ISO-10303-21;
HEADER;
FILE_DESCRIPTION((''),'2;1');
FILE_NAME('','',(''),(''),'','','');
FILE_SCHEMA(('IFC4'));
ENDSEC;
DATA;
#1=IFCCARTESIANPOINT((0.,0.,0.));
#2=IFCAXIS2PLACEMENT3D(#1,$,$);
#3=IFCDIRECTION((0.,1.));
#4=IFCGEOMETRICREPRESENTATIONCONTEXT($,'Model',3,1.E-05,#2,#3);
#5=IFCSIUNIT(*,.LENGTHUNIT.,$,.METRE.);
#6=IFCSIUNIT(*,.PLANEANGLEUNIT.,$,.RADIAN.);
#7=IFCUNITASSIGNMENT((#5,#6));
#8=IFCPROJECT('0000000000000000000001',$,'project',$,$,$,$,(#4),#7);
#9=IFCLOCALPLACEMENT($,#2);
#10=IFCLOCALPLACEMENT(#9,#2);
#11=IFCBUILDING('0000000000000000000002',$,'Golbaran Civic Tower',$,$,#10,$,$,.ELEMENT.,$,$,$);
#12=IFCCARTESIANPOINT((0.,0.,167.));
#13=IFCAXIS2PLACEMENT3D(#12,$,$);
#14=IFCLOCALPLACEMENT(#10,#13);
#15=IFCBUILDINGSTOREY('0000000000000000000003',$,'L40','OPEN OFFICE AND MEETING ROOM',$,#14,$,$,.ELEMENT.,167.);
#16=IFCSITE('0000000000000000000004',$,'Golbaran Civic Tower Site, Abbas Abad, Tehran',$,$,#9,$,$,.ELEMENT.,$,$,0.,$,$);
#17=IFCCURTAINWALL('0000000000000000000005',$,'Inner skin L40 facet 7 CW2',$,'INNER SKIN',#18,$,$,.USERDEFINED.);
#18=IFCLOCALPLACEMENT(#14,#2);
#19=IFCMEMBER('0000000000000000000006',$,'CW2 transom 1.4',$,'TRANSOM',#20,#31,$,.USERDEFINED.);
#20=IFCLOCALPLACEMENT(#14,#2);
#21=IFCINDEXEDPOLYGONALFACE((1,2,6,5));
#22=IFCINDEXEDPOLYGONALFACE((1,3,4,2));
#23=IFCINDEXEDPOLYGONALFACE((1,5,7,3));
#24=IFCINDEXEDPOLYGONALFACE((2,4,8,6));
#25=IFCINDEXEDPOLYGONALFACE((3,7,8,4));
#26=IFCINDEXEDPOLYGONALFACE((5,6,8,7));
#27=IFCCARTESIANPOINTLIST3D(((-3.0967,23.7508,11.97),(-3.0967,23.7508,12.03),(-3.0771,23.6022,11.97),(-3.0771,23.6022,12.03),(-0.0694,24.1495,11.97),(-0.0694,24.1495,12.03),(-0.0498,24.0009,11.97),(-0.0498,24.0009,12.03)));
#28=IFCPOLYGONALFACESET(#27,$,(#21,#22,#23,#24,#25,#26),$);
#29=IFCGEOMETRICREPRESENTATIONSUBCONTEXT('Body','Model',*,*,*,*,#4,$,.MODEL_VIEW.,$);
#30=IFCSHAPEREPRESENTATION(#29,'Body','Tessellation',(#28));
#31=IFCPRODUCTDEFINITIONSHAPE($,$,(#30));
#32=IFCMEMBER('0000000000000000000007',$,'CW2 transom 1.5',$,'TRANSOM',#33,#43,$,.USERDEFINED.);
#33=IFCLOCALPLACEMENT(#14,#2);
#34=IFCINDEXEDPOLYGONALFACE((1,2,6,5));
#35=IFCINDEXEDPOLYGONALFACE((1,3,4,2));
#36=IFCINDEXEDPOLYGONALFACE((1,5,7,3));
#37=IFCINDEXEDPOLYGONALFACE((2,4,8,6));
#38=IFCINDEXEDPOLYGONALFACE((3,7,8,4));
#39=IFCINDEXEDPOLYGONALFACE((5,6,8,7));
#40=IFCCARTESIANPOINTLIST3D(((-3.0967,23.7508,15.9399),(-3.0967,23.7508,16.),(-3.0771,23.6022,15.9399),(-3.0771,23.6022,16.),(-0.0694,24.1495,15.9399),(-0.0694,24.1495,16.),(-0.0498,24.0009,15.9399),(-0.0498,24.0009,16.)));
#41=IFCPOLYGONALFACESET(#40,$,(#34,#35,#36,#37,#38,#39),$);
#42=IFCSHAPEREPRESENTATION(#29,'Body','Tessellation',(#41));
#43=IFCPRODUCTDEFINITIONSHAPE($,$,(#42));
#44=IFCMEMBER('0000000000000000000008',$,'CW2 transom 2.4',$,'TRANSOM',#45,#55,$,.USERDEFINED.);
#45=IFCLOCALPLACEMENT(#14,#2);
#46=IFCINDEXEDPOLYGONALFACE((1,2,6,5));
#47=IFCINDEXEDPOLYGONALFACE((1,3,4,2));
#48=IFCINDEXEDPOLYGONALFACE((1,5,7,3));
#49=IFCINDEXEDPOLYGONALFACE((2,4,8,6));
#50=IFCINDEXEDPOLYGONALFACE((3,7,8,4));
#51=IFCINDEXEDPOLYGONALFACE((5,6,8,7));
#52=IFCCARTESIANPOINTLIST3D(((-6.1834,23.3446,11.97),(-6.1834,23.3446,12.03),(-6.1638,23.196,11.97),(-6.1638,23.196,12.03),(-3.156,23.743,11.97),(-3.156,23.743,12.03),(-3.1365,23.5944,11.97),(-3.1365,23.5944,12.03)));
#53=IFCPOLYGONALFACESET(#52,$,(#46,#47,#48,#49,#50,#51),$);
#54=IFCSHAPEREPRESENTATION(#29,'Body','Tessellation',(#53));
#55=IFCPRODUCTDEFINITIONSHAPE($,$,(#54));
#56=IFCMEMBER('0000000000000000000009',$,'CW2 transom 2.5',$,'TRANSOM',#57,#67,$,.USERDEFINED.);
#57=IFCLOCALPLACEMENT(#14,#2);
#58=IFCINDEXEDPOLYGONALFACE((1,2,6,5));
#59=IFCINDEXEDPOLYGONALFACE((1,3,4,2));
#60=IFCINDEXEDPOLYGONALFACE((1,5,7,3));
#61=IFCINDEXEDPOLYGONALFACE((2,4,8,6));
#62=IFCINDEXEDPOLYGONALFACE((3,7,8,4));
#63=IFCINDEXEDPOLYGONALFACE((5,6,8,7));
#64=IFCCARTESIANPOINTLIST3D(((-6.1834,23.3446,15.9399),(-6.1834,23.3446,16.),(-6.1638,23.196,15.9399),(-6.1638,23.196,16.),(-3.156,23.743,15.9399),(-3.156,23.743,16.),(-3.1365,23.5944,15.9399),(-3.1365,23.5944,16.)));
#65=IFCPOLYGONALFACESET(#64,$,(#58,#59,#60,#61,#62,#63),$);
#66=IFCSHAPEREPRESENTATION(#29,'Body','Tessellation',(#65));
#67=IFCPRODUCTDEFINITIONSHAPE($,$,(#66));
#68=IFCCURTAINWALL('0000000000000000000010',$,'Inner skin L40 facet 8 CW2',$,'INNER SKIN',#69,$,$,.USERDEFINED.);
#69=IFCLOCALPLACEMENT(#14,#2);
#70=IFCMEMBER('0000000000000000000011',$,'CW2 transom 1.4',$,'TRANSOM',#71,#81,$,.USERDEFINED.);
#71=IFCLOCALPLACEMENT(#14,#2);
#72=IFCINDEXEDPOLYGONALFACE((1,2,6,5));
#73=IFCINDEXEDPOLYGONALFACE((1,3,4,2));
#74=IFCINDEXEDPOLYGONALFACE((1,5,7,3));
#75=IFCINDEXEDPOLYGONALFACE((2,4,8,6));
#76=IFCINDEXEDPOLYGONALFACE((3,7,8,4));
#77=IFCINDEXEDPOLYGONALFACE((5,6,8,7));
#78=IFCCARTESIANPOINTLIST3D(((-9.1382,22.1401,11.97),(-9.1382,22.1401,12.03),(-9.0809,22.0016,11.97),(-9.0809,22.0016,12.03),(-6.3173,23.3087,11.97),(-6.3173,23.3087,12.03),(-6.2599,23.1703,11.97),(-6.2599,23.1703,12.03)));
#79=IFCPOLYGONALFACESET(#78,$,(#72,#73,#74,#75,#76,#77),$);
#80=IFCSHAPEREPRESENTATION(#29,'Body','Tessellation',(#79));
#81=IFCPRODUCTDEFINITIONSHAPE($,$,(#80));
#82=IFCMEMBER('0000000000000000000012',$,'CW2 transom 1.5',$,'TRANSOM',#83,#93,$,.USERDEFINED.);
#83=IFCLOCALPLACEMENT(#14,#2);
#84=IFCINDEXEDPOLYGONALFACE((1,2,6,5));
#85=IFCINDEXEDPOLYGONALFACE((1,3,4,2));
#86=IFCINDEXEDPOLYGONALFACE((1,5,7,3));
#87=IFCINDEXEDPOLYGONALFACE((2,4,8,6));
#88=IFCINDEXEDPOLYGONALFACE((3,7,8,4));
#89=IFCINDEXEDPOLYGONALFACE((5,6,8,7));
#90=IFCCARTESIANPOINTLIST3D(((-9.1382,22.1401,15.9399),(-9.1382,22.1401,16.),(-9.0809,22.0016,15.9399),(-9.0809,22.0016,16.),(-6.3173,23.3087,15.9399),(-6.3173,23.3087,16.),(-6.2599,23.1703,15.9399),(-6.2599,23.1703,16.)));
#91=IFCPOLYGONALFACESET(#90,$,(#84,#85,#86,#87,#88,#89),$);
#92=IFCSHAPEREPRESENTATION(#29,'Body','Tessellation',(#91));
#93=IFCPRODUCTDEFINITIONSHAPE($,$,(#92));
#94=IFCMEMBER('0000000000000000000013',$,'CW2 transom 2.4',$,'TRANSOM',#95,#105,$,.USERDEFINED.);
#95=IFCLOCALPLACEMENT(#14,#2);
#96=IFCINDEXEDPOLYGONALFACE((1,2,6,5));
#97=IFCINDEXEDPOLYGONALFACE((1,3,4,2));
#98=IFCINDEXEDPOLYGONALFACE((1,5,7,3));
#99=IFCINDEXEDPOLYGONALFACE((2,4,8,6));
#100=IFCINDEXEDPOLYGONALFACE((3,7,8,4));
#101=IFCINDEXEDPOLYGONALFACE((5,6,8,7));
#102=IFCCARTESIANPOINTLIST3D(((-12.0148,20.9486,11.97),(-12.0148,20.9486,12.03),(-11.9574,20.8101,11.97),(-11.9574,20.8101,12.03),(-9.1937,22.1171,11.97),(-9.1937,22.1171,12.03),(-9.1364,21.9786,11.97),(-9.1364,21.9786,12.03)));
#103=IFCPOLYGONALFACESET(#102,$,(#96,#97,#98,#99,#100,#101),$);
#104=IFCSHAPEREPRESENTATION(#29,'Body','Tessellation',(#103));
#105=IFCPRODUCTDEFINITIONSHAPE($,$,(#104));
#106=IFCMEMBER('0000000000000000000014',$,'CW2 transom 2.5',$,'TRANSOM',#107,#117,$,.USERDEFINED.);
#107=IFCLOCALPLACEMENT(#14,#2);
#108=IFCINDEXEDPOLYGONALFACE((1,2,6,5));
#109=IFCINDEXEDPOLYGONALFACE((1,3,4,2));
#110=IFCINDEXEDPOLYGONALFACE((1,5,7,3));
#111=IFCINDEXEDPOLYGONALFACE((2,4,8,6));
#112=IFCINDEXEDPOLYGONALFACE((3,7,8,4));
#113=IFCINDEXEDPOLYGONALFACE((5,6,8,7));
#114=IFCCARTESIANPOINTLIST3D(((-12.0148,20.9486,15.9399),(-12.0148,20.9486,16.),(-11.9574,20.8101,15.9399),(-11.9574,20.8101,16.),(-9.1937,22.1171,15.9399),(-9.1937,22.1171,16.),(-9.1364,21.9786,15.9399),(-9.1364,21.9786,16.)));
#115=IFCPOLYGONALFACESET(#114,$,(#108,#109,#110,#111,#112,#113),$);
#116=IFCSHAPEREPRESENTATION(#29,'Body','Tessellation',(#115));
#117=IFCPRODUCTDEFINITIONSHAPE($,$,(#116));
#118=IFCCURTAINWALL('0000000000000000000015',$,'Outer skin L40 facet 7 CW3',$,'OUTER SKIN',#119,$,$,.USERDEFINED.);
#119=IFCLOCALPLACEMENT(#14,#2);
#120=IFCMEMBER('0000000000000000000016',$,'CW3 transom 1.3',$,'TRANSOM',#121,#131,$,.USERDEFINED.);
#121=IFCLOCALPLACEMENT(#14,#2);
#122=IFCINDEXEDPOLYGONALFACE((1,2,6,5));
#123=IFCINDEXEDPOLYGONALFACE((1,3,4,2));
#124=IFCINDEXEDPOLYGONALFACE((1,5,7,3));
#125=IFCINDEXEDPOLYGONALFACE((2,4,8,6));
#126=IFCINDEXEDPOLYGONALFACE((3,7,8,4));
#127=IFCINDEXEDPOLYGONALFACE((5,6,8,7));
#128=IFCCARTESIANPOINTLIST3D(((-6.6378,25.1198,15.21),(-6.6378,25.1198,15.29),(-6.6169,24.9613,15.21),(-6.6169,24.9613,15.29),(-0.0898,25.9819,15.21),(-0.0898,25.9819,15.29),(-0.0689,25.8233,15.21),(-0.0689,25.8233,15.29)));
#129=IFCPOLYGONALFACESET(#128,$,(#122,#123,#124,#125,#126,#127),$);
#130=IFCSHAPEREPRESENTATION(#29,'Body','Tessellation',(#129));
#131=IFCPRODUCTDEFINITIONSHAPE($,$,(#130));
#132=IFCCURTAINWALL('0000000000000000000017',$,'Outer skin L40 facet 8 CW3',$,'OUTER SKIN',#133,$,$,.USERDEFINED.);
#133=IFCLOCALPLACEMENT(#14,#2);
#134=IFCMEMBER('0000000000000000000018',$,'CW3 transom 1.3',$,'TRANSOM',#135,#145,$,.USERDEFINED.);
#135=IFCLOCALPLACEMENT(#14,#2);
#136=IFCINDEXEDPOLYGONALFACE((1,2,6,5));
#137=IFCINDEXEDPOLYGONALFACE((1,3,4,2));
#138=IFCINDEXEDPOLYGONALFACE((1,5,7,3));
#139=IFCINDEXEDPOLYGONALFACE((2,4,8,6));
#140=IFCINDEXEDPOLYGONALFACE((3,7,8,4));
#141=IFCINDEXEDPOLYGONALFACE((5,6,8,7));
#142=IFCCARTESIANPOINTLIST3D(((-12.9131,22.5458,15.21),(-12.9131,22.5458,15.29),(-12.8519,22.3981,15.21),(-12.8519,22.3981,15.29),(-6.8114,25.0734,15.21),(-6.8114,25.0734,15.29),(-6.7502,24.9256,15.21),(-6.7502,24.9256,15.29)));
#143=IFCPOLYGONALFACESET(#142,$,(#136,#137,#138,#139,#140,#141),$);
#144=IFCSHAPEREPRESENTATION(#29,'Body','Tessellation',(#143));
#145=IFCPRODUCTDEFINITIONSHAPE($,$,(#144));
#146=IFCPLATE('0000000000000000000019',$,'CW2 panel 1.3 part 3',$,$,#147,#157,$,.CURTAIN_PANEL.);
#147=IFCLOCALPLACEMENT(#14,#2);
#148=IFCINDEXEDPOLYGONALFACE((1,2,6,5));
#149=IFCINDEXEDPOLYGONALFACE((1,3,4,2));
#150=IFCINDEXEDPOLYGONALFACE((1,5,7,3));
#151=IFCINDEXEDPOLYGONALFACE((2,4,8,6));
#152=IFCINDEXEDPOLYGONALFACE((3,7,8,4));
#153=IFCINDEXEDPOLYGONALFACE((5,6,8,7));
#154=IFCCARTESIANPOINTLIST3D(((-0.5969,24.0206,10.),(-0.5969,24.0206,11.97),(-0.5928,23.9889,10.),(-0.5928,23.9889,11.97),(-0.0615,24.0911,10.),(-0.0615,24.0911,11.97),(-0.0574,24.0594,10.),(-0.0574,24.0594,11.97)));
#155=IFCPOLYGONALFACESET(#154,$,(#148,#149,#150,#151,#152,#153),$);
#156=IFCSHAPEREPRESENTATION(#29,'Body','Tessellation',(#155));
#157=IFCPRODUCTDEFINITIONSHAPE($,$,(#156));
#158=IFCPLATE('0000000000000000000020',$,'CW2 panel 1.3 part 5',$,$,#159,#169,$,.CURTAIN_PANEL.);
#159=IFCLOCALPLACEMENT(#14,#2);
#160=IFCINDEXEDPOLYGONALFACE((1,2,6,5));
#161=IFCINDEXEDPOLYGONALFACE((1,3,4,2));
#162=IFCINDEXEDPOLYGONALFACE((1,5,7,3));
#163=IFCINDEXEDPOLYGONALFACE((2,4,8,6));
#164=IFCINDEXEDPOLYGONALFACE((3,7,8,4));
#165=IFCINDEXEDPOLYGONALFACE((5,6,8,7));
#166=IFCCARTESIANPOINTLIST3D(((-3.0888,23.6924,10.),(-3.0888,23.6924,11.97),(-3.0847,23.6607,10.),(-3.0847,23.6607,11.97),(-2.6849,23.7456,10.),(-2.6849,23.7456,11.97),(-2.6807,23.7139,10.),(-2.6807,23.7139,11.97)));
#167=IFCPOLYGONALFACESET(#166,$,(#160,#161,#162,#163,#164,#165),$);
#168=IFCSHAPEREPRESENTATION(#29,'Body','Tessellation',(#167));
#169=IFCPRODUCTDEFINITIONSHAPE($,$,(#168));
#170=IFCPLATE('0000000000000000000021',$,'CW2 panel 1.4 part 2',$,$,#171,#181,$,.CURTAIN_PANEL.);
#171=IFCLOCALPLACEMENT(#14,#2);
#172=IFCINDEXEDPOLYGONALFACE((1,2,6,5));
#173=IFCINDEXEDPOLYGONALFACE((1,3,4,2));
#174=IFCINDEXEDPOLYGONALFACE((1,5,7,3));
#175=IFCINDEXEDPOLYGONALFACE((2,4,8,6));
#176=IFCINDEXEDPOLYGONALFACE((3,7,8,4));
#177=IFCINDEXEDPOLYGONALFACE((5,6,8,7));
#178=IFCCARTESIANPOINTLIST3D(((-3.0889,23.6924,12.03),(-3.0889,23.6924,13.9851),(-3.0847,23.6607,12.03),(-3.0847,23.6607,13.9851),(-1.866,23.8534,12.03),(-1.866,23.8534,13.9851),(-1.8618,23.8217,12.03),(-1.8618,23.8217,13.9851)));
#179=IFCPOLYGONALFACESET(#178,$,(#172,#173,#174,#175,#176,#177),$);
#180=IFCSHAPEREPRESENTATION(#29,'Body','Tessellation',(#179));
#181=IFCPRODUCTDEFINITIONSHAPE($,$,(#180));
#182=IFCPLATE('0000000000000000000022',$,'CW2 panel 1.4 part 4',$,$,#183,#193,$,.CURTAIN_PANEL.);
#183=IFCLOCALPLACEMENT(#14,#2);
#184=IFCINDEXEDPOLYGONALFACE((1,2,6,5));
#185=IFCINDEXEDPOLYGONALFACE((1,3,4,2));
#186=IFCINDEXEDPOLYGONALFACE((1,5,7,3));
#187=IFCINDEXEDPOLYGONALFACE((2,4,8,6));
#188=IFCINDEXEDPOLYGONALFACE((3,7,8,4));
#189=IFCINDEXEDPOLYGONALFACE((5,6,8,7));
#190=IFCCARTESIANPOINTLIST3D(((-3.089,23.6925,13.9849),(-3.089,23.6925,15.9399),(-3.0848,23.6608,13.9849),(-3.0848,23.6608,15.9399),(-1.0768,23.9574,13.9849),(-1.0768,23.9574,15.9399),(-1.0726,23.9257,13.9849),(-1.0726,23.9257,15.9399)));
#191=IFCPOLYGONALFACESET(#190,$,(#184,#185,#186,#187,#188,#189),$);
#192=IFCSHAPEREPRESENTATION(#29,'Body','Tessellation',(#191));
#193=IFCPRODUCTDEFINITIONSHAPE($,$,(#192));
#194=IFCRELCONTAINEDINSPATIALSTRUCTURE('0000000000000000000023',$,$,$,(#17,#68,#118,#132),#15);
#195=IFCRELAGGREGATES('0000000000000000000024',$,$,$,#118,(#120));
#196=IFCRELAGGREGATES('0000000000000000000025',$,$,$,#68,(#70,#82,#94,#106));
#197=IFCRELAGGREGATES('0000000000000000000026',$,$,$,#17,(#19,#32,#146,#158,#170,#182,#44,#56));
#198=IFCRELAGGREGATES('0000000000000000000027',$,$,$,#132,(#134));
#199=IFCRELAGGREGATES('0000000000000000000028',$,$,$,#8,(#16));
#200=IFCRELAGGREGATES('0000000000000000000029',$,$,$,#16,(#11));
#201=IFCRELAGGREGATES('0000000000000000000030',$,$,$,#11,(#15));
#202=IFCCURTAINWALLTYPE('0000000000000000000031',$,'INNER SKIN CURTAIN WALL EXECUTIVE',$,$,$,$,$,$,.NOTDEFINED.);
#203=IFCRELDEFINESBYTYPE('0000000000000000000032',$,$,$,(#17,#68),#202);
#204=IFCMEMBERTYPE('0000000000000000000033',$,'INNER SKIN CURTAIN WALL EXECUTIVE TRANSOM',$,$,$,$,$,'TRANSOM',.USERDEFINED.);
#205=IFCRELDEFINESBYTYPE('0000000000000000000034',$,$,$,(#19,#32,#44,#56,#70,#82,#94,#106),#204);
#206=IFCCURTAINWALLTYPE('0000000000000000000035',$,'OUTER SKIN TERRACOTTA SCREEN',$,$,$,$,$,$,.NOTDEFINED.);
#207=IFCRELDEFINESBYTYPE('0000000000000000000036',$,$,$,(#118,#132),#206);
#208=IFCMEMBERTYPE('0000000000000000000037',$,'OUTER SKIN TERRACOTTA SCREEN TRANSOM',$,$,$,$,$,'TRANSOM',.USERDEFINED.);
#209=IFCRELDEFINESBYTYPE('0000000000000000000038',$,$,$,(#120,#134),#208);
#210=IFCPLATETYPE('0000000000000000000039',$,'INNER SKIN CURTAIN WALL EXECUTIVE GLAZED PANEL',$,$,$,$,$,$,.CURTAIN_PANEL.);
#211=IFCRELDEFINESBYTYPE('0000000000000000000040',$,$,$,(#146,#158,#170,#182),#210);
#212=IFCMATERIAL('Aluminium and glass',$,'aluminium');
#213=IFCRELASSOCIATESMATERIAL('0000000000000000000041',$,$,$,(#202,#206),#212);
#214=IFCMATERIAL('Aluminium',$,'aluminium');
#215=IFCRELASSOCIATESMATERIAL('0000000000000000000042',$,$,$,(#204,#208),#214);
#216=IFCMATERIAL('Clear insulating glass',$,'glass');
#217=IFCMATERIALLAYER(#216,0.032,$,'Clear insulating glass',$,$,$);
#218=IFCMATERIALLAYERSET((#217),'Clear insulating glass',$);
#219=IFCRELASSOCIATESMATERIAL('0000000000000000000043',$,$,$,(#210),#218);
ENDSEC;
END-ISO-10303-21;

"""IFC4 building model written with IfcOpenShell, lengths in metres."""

from ifc_helpers import new_model, si_unit, direction, frame, origin, origin_2d, place, context, subcontext, project, spatial, rectangle, extrude, material, layer, layer_set, material_profile, profile_set, type_object, element, aggregate, save


model = new_model("IFC4")

# Units and contexts
model_context = context("Model", 3, precision=1e-05, world=origin(), true_north=direction((0.0, 1.0)))
body_context = subcontext(model_context, "Body", "Model", "MODEL_VIEW")
ifc_project = project(units=[si_unit("LENGTHUNIT", "METRE"), si_unit("PLANEANGLEUNIT", "RADIAN")], contexts=[model_context])

# Site, building, storey
site_placement = place(None, origin())
site = spatial("IfcSite", under=ifc_project, at=site_placement, Name="Golbaran Civic Tower Site, Abbas Abad, Tehran", CompositionType="ELEMENT", RefElevation=0.0)
building_placement = place(site_placement, origin())
building = spatial("IfcBuilding", under=site, at=building_placement, Name="Golbaran Civic Tower", CompositionType="ELEMENT")
storey_placement = place(building_placement, frame((0.0, 0.0, 167.0)))
storey = spatial("IfcBuildingStorey", under=building, at=storey_placement, Name="L40", Description="OPEN OFFICE AND MEETING ROOM", CompositionType="ELEMENT", Elevation=167.0)

# Curtain walls, members
ifc_material_1 = material(Name="Aluminium and glass", Category="aluminium")
curtain_wall_type_1 = type_object("IfcCurtainWallType", Name="INNER SKIN CURTAIN WALL EXECUTIVE", PredefinedType="NOTDEFINED", material=ifc_material_1)
curtain_wall_1_placement = place(storey_placement, origin())
curtain_wall_1 = element("IfcCurtainWall", 1, at=curtain_wall_1_placement, inside=storey, type_object=curtain_wall_type_1, Name="Inner skin L40 facet 7 CW2", ObjectType="INNER SKIN", PredefinedType="USERDEFINED")
ifc_material_2 = material(Name="Aluminium", Category="aluminium")
ifc_material_profile_1 = material_profile(ifc_material_2, rectangle(XDim=0.1499, YDim=0.0601, at=origin_2d()), Name="INNER SKIN CURTAIN WALL EXECUTIVE TRANSOM")
ifc_profile_set_1 = profile_set([ifc_material_profile_1], Name="Aluminium")
member_type_1 = type_object("IfcMemberType", Name="INNER SKIN CURTAIN WALL EXECUTIVE TRANSOM", ElementType="TRANSOM", PredefinedType="USERDEFINED", material=ifc_profile_set_1)
member_1_placement = place(storey_placement, frame((-0.0596, 24.0752, 12.0), z_axis=(-0.99144, -0.130566, 0.0), x_axis=(0.130566, -0.99144, 0.0)))
member_1 = element("IfcMember", 2, at=member_1_placement, type_object=member_type_1, Name="CW2 transom 1.4", ObjectType="TRANSOM", PredefinedType="USERDEFINED", context=body_context, shape_type="SweptSolid", body=[
    extrude(rectangle(XDim=0.1499, YDim=0.0601, at=origin_2d()), origin(), (0.0, 0.0, 1.0), 3.0535),
])
member_2_placement = place(storey_placement, frame((-0.0596, 24.0752, 15.97), z_axis=(-0.99144, -0.130566, 0.0), x_axis=(0.130566, -0.99144, 0.0)))
member_2 = element("IfcMember", 3, at=member_2_placement, type_object=member_type_1, Name="CW2 transom 1.5", ObjectType="TRANSOM", PredefinedType="USERDEFINED", context=body_context, shape_type="SweptSolid", body=[
    extrude(rectangle(XDim=0.1499, YDim=0.0601, at=origin_2d()), origin(), (0.0, 0.0, 1.0), 3.0535),
])
member_3_placement = place(storey_placement, frame((-3.1462, 23.6687, 12.0), z_axis=(-0.99145, -0.130488, 0.0), x_axis=(0.130488, -0.99145, 0.0)))
member_3 = element("IfcMember", 4, at=member_3_placement, type_object=member_type_1, Name="CW2 transom 2.4", ObjectType="TRANSOM", PredefinedType="USERDEFINED", context=body_context, shape_type="SweptSolid", body=[
    extrude(rectangle(XDim=0.1499, YDim=0.0601, at=origin_2d()), origin(), (0.0, 0.0, 1.0), 3.0535),
])
member_4_placement = place(storey_placement, frame((-3.1462, 23.6687, 15.97), z_axis=(-0.99145, -0.130488, 0.0), x_axis=(0.130488, -0.99145, 0.0)))
member_4 = element("IfcMember", 5, at=member_4_placement, type_object=member_type_1, Name="CW2 transom 2.5", ObjectType="TRANSOM", PredefinedType="USERDEFINED", context=body_context, shape_type="SweptSolid", body=[
    extrude(rectangle(XDim=0.1499, YDim=0.0601, at=origin_2d()), origin(), (0.0, 0.0, 1.0), 3.0535),
])
curtain_wall_2_placement = place(storey_placement, origin())
curtain_wall_2 = element("IfcCurtainWall", 6, at=curtain_wall_2_placement, inside=storey, type_object=curtain_wall_type_1, Name="Inner skin L40 facet 8 CW2", ObjectType="INNER SKIN", PredefinedType="USERDEFINED")
member_5_placement = place(storey_placement, frame((-6.2886, 23.2395, 12.0), z_axis=(-0.923858, -0.382735, 0.0), x_axis=(0.382735, -0.923858, 0.0)))
member_5 = element("IfcMember", 7, at=member_5_placement, type_object=member_type_1, Name="CW2 transom 1.4", ObjectType="TRANSOM", PredefinedType="USERDEFINED", context=body_context, shape_type="SweptSolid", body=[
    extrude(rectangle(XDim=0.1499, YDim=0.0601, at=origin_2d()), origin(), (0.0, 0.0, 1.0), 3.0535),
])
member_6_placement = place(storey_placement, frame((-6.2886, 23.2395, 15.97), z_axis=(-0.923858, -0.382735, 0.0), x_axis=(0.382735, -0.923858, 0.0)))
member_6 = element("IfcMember", 8, at=member_6_placement, type_object=member_type_1, Name="CW2 transom 1.5", ObjectType="TRANSOM", PredefinedType="USERDEFINED", context=body_context, shape_type="SweptSolid", body=[
    extrude(rectangle(XDim=0.1499, YDim=0.0601, at=origin_2d()), origin(), (0.0, 0.0, 1.0), 3.0535),
])
member_7_placement = place(storey_placement, frame((-9.165, 22.0479, 12.0), z_axis=(-0.923886, -0.382667, 0.0), x_axis=(0.382667, -0.923886, 0.0)))
member_7 = element("IfcMember", 9, at=member_7_placement, type_object=member_type_1, Name="CW2 transom 2.4", ObjectType="TRANSOM", PredefinedType="USERDEFINED", context=body_context, shape_type="SweptSolid", body=[
    extrude(rectangle(XDim=0.1499, YDim=0.0601, at=origin_2d()), origin(), (0.0, 0.0, 1.0), 3.0535),
])
member_8_placement = place(storey_placement, frame((-9.165, 22.0479, 15.97), z_axis=(-0.923886, -0.382667, 0.0), x_axis=(0.382667, -0.923886, 0.0)))
member_8 = element("IfcMember", 10, at=member_8_placement, type_object=member_type_1, Name="CW2 transom 2.5", ObjectType="TRANSOM", PredefinedType="USERDEFINED", context=body_context, shape_type="SweptSolid", body=[
    extrude(rectangle(XDim=0.1499, YDim=0.0601, at=origin_2d()), origin(), (0.0, 0.0, 1.0), 3.0535),
])

# Curtain walls, members
curtain_wall_type_2 = type_object("IfcCurtainWallType", Name="OUTER SKIN TERRACOTTA SCREEN", PredefinedType="NOTDEFINED", material=ifc_material_1)
curtain_wall_3_placement = place(storey_placement, origin())
curtain_wall_3 = element("IfcCurtainWall", 11, at=curtain_wall_3_placement, inside=storey, type_object=curtain_wall_type_2, Name="Outer skin L40 facet 7 CW3", ObjectType="OUTER SKIN", PredefinedType="USERDEFINED")
ifc_material_profile_2 = material_profile(ifc_material_2, rectangle(XDim=0.1599, YDim=0.0801, at=origin_2d()), Name="OUTER SKIN TERRACOTTA SCREEN TRANSOM")
ifc_profile_set_2 = profile_set([ifc_material_profile_2], Name="Aluminium")
member_type_2 = type_object("IfcMemberType", Name="OUTER SKIN TERRACOTTA SCREEN TRANSOM", ElementType="TRANSOM", PredefinedType="USERDEFINED", material=ifc_profile_set_2)
member_9_placement = place(storey_placement, frame((-0.0793, 25.9026, 15.25), z_axis=(-0.991445, -0.130524, 0.0), x_axis=(0.130524, -0.991445, 0.0)))
member_9 = element("IfcMember", 12, at=member_9_placement, type_object=member_type_2, Name="CW3 transom 1.3", ObjectType="TRANSOM", PredefinedType="USERDEFINED", context=body_context, shape_type="SweptSolid", body=[
    extrude(rectangle(XDim=0.1599, YDim=0.0801, at=origin_2d()), origin(), (0.0, 0.0, 1.0), 6.6045),
])
aggregate(curtain_wall_3, [member_9])
curtain_wall_4_placement = place(storey_placement, origin())
curtain_wall_4 = element("IfcCurtainWall", 13, at=curtain_wall_4_placement, inside=storey, type_object=curtain_wall_type_2, Name="Outer skin L40 facet 8 CW3", ObjectType="OUTER SKIN", PredefinedType="USERDEFINED")
member_10_placement = place(storey_placement, frame((-6.7808, 24.9995, 15.25), z_axis=(-0.923872, -0.382701, 0.0), x_axis=(0.382701, -0.923872, 0.0)))
member_10 = element("IfcMember", 14, at=member_10_placement, type_object=member_type_2, Name="CW3 transom 1.3", ObjectType="TRANSOM", PredefinedType="USERDEFINED", context=body_context, shape_type="SweptSolid", body=[
    extrude(rectangle(XDim=0.1599, YDim=0.0801, at=origin_2d()), origin(), (0.0, 0.0, 1.0), 6.6045),
])

# Plates
ifc_material_3 = material(Name="Clear insulating glass", Category="glass")
ifc_layer_1 = layer(ifc_material_3, 0.032, Name="Clear insulating glass")
ifc_layer_set_1 = layer_set([ifc_layer_1], Name="Clear insulating glass")
plate_type_1 = type_object("IfcPlateType", Name="INNER SKIN CURTAIN WALL EXECUTIVE GLAZED PANEL", PredefinedType="CURTAIN_PANEL", material=ifc_layer_set_1)
plate_1_placement = place(storey_placement, frame((-0.3271, 24.04, 10.0), z_axis=(0.0, 0.0, 1.0), x_axis=(-0.991445, -0.130526, 0.0)))
plate_1 = element("IfcPlate", 15, at=plate_1_placement, type_object=plate_type_1, Name="CW2 panel 1.3 part 3", PredefinedType="CURTAIN_PANEL", context=body_context, shape_type="SweptSolid", body=[
    extrude(rectangle(XDim=0.54, YDim=0.032, at=origin_2d()), origin(), (0.0, 0.0, 1.0), 1.97),
])
plate_2_placement = place(storey_placement, frame((-2.8848, 23.7031, 10.0), z_axis=(0.0, 0.0, 1.0), x_axis=(-0.991445, -0.130526, 0.0)))
plate_2 = element("IfcPlate", 16, at=plate_2_placement, type_object=plate_type_1, Name="CW2 panel 1.3 part 5", PredefinedType="CURTAIN_PANEL", context=body_context, shape_type="SweptSolid", body=[
    extrude(rectangle(XDim=0.4075, YDim=0.032, at=origin_2d()), origin(), (0.0, 0.0, 1.0), 1.97),
])
plate_3_placement = place(storey_placement, frame((-2.4753, 23.7571, 12.03), z_axis=(0.0, 0.0, 1.0), x_axis=(-0.991445, -0.130526, 0.0)))
plate_3 = element("IfcPlate", 17, at=plate_3_placement, type_object=plate_type_1, Name="CW2 panel 1.4 part 2", PredefinedType="CURTAIN_PANEL", context=body_context, shape_type="SweptSolid", body=[
    extrude(rectangle(XDim=1.2334, YDim=0.032, at=origin_2d()), origin(), (0.0, 0.0, 1.0), 1.9551),
])
plate_4_placement = place(storey_placement, frame((-2.0808, 23.8091, 13.9849), z_axis=(0.0, 0.0, 1.0), x_axis=(-0.991445, -0.130526, 0.0)))
plate_4 = element("IfcPlate", 18, at=plate_4_placement, type_object=plate_type_1, Name="CW2 panel 1.4 part 4", PredefinedType="CURTAIN_PANEL", context=body_context, shape_type="SweptSolid", body=[
    extrude(rectangle(XDim=2.0295, YDim=0.032, at=origin_2d()), origin(), (0.0, 0.0, 1.0), 1.9551),
])
aggregate(curtain_wall_2, [member_5, member_6, member_7, member_8])
aggregate(curtain_wall_1, [member_1, member_2, plate_1, plate_2, plate_3, plate_4, member_3, member_4])
aggregate(curtain_wall_4, [member_10])

save(model, "model.ifc")
